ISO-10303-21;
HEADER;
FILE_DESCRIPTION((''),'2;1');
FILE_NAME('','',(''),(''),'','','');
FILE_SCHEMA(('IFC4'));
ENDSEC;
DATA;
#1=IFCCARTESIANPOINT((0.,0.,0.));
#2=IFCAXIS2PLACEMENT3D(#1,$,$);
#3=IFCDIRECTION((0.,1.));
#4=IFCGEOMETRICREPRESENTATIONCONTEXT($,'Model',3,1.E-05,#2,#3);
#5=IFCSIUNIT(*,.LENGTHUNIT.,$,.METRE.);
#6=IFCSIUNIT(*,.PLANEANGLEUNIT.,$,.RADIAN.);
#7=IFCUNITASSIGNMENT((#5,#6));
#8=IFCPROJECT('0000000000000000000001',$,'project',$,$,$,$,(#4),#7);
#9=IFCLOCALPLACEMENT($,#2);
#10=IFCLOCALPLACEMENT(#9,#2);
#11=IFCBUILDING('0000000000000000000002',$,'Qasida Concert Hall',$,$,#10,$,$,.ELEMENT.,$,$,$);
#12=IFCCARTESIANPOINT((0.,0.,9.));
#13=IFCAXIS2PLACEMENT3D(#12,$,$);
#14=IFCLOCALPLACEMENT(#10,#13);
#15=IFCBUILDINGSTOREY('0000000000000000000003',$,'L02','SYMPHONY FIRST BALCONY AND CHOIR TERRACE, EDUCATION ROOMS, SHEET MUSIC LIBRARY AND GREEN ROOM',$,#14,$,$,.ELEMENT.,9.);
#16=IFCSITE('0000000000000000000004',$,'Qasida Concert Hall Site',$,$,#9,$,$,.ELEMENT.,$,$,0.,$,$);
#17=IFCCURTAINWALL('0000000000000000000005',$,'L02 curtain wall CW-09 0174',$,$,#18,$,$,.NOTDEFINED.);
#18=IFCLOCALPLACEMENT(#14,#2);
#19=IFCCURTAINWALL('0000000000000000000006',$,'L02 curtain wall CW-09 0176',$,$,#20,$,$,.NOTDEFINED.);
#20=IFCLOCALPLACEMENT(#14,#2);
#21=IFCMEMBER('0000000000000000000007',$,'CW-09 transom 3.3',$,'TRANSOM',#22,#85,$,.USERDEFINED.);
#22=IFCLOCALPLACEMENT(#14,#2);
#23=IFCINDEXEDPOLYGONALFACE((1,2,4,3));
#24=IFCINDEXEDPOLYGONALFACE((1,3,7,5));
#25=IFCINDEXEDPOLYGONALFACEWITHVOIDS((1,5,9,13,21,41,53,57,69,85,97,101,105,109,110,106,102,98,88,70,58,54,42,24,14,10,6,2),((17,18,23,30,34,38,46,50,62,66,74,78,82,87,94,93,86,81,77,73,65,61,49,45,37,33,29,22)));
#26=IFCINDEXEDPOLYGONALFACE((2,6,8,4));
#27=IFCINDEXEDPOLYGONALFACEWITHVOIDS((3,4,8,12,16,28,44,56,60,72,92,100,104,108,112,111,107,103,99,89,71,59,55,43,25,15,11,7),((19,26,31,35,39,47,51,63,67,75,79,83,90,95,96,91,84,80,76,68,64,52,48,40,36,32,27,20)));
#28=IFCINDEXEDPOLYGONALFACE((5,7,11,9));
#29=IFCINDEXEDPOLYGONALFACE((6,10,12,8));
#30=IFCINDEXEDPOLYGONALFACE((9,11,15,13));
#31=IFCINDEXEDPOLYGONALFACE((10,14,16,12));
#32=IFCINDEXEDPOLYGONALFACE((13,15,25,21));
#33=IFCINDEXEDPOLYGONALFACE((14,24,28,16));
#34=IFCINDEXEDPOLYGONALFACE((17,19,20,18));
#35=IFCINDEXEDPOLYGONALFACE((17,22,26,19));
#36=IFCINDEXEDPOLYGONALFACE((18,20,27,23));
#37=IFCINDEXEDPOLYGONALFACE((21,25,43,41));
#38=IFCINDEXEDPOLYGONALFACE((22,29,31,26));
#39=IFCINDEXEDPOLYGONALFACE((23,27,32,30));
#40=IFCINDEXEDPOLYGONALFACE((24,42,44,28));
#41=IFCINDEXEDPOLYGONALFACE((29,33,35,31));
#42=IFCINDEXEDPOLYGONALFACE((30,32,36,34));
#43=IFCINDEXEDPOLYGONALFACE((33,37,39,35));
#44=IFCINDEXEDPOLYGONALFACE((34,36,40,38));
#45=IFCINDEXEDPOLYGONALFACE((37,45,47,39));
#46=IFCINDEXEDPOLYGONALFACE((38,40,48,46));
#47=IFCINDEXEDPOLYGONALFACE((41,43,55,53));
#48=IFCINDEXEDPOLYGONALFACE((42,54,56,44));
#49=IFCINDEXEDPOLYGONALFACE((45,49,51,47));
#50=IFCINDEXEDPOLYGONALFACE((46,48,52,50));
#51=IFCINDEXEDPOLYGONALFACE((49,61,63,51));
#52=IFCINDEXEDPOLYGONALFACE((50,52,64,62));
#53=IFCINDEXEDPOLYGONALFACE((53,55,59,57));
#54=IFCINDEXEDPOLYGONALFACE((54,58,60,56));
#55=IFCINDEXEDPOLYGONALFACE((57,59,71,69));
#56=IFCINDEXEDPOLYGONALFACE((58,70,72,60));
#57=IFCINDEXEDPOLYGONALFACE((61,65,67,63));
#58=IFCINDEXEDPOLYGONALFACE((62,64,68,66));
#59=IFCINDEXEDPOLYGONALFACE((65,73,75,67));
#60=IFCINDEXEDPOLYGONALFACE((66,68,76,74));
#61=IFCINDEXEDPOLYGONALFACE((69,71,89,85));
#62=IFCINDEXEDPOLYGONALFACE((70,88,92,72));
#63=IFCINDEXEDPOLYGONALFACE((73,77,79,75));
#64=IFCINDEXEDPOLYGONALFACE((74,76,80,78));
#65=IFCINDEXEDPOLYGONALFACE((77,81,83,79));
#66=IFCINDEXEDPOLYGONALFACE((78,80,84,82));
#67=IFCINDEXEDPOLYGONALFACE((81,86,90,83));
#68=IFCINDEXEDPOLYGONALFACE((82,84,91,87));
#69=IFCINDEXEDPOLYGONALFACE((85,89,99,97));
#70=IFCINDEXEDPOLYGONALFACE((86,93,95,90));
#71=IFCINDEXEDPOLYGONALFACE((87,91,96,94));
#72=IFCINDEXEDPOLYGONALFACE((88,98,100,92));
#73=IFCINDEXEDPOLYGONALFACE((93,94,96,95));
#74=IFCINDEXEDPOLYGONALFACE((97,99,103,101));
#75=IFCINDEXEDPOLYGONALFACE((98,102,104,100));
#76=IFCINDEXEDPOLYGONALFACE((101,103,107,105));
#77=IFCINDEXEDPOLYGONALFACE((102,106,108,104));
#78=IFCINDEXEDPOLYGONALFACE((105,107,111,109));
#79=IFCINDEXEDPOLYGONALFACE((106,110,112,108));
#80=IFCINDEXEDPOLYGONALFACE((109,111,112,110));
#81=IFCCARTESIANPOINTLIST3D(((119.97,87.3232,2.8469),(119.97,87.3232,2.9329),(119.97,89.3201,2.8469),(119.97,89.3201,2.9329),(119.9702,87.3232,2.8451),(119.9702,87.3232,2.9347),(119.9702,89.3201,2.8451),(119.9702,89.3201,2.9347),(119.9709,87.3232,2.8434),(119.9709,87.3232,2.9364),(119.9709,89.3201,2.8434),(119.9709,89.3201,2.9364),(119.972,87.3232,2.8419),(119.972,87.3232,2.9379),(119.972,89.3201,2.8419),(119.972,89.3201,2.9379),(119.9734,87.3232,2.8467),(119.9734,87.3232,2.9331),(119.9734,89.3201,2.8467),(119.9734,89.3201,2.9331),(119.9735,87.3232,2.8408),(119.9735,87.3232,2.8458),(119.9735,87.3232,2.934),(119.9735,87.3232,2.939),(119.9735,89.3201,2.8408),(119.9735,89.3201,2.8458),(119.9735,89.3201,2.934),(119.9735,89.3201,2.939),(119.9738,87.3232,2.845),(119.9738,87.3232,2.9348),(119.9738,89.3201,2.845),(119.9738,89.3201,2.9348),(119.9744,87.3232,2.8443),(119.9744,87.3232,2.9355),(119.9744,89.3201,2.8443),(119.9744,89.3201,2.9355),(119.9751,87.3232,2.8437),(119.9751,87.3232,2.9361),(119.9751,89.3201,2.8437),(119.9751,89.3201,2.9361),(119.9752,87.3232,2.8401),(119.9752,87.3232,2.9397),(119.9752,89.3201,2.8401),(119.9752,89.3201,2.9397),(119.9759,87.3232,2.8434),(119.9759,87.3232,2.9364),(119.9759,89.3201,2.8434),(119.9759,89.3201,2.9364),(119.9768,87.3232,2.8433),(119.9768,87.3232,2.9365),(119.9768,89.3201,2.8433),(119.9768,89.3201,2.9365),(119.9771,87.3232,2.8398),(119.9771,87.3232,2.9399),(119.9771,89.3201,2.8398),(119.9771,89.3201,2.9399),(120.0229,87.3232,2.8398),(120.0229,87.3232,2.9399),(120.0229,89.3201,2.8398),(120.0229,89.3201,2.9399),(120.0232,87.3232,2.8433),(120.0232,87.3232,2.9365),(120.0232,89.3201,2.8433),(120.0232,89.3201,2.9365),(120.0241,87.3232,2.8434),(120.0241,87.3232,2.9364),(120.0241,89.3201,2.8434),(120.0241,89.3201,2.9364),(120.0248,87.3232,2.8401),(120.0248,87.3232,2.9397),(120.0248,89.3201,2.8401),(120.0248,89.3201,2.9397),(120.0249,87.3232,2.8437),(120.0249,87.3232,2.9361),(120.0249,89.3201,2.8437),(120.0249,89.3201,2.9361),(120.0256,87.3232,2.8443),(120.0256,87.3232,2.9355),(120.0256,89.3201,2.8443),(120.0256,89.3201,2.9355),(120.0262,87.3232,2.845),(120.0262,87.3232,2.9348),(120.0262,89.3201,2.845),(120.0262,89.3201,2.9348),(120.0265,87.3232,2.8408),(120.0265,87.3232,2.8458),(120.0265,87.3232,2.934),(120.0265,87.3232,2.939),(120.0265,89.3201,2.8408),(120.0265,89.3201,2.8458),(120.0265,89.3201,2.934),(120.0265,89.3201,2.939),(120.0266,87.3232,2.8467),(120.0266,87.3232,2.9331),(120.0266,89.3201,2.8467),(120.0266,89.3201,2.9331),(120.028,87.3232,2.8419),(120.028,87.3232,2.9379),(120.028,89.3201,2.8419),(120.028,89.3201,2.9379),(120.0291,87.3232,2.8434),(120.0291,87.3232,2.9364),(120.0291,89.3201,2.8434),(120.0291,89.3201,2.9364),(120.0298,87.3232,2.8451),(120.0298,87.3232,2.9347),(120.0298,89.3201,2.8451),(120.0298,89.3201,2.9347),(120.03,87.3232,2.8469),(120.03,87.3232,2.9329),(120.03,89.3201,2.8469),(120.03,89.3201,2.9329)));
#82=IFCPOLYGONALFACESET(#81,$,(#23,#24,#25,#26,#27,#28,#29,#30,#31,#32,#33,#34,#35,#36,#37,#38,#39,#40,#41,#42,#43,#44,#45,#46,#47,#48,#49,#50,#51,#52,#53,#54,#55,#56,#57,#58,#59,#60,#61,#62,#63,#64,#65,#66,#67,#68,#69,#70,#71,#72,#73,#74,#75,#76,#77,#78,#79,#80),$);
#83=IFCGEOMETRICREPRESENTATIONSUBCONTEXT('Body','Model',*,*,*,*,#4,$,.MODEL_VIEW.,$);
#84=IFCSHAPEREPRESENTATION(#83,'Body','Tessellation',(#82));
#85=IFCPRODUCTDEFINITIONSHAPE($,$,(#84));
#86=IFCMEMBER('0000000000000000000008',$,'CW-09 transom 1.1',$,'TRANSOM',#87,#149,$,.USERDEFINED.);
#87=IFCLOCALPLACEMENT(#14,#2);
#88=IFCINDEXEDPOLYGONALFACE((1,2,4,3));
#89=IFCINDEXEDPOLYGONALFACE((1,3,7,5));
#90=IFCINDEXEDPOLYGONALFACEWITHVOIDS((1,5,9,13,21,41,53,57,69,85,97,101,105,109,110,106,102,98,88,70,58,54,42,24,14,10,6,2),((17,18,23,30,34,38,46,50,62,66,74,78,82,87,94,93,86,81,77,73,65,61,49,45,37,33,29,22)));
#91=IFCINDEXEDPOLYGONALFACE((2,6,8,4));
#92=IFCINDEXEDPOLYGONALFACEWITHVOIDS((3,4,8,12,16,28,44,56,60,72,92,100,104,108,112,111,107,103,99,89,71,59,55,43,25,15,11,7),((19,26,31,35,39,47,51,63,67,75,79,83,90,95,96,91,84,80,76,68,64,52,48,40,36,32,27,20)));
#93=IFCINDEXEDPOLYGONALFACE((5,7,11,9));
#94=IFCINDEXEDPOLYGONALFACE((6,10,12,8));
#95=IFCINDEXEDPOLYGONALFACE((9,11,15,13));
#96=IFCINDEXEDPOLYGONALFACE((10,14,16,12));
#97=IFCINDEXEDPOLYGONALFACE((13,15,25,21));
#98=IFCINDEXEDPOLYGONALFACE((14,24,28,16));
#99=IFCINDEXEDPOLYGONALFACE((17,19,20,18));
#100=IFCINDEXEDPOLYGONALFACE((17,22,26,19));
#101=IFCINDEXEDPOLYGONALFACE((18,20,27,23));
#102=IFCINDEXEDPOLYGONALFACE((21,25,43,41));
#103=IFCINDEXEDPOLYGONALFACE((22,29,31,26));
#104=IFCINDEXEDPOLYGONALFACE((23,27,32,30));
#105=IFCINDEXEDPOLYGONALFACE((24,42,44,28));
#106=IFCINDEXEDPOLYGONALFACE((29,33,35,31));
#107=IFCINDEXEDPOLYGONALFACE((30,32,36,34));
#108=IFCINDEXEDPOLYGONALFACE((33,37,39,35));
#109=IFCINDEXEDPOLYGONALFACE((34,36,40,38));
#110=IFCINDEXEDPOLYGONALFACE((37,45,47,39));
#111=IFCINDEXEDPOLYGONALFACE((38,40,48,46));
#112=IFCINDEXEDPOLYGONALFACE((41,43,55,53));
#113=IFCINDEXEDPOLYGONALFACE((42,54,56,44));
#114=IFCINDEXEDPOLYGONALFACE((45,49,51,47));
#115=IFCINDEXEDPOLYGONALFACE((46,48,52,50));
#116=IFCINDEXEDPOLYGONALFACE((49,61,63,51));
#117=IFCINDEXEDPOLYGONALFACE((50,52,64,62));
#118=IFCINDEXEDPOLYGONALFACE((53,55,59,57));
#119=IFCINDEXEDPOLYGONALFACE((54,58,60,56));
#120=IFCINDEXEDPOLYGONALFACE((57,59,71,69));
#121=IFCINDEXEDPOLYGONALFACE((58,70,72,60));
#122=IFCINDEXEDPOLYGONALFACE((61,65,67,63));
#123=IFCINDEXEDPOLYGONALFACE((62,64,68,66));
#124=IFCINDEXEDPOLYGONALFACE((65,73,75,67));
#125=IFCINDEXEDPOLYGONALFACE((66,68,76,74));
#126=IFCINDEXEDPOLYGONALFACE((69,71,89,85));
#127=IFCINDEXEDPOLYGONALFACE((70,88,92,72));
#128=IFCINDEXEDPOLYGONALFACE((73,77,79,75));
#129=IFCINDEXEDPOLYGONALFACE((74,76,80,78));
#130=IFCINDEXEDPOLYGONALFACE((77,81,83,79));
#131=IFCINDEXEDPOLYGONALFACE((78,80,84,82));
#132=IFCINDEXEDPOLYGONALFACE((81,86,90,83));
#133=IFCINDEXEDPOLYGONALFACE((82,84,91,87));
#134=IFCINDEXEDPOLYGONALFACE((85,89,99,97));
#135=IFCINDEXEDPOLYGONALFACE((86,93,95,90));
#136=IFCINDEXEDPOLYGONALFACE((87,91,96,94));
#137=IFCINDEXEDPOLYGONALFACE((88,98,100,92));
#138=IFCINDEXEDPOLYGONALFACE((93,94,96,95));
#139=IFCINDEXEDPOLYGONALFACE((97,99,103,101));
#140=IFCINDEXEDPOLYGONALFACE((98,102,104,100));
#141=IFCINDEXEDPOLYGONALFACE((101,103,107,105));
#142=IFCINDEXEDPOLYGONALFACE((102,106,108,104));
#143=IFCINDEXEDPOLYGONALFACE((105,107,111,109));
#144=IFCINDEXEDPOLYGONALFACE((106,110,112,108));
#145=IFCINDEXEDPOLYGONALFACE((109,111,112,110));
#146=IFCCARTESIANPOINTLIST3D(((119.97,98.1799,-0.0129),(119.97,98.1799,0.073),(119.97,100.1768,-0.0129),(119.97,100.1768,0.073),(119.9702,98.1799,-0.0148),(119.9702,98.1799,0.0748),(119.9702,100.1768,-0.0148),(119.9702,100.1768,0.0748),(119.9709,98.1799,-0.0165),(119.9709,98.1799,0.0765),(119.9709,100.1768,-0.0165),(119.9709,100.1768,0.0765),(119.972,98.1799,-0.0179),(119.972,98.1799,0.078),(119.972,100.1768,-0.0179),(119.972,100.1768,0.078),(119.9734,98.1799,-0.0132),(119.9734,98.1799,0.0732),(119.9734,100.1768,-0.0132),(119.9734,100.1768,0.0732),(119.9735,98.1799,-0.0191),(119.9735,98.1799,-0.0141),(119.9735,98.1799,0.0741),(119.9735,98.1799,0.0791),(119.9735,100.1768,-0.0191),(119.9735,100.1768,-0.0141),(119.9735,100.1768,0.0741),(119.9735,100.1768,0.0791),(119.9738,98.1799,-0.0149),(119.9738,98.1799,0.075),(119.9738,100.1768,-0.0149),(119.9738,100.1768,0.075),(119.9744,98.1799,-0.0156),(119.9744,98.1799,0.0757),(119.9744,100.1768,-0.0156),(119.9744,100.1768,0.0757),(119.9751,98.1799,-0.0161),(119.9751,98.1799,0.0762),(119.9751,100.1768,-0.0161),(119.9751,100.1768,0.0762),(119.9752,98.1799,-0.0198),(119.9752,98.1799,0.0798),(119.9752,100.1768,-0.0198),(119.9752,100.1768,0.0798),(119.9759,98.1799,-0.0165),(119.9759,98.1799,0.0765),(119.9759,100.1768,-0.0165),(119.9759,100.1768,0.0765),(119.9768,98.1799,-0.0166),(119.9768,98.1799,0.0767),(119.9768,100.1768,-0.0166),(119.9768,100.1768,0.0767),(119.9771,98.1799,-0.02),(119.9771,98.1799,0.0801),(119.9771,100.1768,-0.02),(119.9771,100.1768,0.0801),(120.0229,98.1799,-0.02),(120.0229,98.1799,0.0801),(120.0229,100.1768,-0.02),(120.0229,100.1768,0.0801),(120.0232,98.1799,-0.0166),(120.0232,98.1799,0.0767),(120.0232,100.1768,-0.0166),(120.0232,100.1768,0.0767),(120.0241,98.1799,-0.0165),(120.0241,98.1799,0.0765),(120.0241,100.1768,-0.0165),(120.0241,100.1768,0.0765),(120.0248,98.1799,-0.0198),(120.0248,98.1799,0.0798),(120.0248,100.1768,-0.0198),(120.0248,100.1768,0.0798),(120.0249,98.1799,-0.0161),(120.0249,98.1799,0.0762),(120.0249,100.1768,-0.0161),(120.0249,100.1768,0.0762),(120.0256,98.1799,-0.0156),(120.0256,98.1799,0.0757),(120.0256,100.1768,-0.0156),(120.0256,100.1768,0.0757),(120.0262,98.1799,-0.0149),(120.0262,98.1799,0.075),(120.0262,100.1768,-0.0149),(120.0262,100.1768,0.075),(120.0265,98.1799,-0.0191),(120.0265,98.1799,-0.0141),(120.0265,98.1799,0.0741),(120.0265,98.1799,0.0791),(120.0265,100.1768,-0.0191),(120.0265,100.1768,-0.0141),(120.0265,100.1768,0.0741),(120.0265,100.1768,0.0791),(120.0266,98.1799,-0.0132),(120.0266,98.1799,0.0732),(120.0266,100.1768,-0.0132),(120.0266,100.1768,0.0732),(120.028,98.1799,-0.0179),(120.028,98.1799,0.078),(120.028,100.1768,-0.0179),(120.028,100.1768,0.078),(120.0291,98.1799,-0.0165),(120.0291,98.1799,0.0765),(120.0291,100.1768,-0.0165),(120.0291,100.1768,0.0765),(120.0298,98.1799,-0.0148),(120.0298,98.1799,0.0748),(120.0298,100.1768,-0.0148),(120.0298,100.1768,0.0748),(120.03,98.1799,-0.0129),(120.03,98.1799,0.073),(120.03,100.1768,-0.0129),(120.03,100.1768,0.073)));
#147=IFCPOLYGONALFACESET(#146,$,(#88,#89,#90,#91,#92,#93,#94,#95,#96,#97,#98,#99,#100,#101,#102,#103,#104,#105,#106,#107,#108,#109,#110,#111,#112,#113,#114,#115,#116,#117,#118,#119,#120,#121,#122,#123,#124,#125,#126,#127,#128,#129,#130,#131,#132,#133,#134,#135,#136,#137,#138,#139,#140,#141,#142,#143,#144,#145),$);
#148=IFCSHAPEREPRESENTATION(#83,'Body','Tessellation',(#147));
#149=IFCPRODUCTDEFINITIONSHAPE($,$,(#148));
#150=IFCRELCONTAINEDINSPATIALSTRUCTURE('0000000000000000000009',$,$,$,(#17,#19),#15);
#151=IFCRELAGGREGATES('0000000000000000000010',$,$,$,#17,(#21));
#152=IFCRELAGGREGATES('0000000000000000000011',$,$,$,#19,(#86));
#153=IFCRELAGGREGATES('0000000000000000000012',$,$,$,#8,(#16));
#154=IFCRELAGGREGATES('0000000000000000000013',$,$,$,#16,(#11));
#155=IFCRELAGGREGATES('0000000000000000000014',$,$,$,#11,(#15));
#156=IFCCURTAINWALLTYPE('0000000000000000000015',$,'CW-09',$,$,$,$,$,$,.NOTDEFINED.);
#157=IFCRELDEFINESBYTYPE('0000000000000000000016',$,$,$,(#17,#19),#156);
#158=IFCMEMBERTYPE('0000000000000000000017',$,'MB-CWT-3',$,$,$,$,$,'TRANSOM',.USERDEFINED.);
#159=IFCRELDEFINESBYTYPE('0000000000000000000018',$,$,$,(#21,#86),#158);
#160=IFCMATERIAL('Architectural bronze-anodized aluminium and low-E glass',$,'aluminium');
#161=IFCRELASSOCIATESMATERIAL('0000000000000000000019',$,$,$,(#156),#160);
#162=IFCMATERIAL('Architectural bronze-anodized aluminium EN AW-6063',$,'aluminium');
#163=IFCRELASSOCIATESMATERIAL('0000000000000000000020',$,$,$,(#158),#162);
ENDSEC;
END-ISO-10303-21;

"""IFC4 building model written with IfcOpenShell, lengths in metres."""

from ifc_helpers import new_model, si_unit, direction, frame, origin, origin_2d, place, context, subcontext, project, spatial, hollow_rectangle, extrude, material, material_profile, profile_set, type_object, element, aggregate, save


model = new_model("IFC4")

# Units and contexts
model_context = context("Model", 3, precision=1e-05, world=origin(), true_north=direction((0.0, 1.0)))
body_context = subcontext(model_context, "Body", "Model", "MODEL_VIEW")
ifc_project = project(units=[si_unit("LENGTHUNIT", "METRE"), si_unit("PLANEANGLEUNIT", "RADIAN")], contexts=[model_context])

# Site, building, storey
site_placement = place(None, origin())
site = spatial("IfcSite", under=ifc_project, at=site_placement, Name="Qasida Concert Hall Site", CompositionType="ELEMENT", RefElevation=0.0)
building_placement = place(site_placement, origin())
building = spatial("IfcBuilding", under=site, at=building_placement, Name="Qasida Concert Hall", CompositionType="ELEMENT")
storey_placement = place(building_placement, frame((0.0, 0.0, 9.0)))
storey = spatial("IfcBuildingStorey", under=building, at=storey_placement, Name="L02", Description="SYMPHONY FIRST BALCONY AND CHOIR TERRACE, EDUCATION ROOMS, SHEET MUSIC LIBRARY AND GREEN ROOM", CompositionType="ELEMENT", Elevation=9.0)

# Curtain wall
ifc_material_1 = material(Name="Architectural bronze-anodized aluminium and low-E glass", Category="aluminium")
curtain_wall_type = type_object("IfcCurtainWallType", Name="CW-09", PredefinedType="NOTDEFINED", material=ifc_material_1)
curtain_wall_1_placement = place(storey_placement, origin())
curtain_wall_1 = element("IfcCurtainWall", 1, at=curtain_wall_1_placement, inside=storey, type_object=curtain_wall_type, Name="L02 curtain wall CW-09 0174", PredefinedType="NOTDEFINED")
ifc_material_2 = material(Name="Architectural bronze-anodized aluminium EN AW-6063", Category="aluminium")

# Curtain wall
curtain_wall_2_placement = place(storey_placement, origin())
curtain_wall_2 = element("IfcCurtainWall", 2, at=curtain_wall_2_placement, inside=storey, type_object=curtain_wall_type, Name="L02 curtain wall CW-09 0176", PredefinedType="NOTDEFINED")

# Members
ifc_material_profile_1 = material_profile(ifc_material_2, hollow_rectangle(XDim=0.0601, YDim=0.1001, WallThickness=0.0034, InnerFilletRadius=0.0034, OuterFilletRadius=0.0071, at=origin_2d()), Name="CWT 100x60x3.5")
ifc_profile_set_1 = profile_set([ifc_material_profile_1], Name="Architectural bronze-anodized aluminium EN AW-6063")
member_type_1 = type_object("IfcMemberType", Name="MB-CWT-3", ElementType="TRANSOM", PredefinedType="USERDEFINED", material=ifc_profile_set_1)
member_1_placement = place(storey_placement, frame((120.0, 87.3232, 2.8899), z_axis=(0.0, 1.0, 0.0), x_axis=(-1.0, 0.0, 0.0)))
member_1 = element("IfcMember", 3, at=member_1_placement, type_object=member_type_1, Name="CW-09 transom 3.3", ObjectType="TRANSOM", PredefinedType="USERDEFINED", context=body_context, shape_type="SweptSolid", body=[
    extrude(hollow_rectangle(XDim=0.0601, YDim=0.1001, WallThickness=0.0034, InnerFilletRadius=0.0034, OuterFilletRadius=0.0071, at=origin_2d()), origin(), (0.0, 0.0, 1.0), 1.9968),
])
member_2_placement = place(storey_placement, frame((120.0, 98.1799, 0.03), z_axis=(0.0, 1.0, 0.0), x_axis=(-1.0, 0.0, 0.0)))
member_2 = element("IfcMember", 4, at=member_2_placement, type_object=member_type_1, Name="CW-09 transom 1.1", ObjectType="TRANSOM", PredefinedType="USERDEFINED", context=body_context, shape_type="SweptSolid", body=[
    extrude(hollow_rectangle(XDim=0.0601, YDim=0.1001, WallThickness=0.0034, InnerFilletRadius=0.0034, OuterFilletRadius=0.0071, at=origin_2d()), origin(), (0.0, 0.0, 1.0), 1.9968),
])

aggregate(curtain_wall_1, [member_1])
aggregate(curtain_wall_2, [member_2])

save(model, "model.ifc")
